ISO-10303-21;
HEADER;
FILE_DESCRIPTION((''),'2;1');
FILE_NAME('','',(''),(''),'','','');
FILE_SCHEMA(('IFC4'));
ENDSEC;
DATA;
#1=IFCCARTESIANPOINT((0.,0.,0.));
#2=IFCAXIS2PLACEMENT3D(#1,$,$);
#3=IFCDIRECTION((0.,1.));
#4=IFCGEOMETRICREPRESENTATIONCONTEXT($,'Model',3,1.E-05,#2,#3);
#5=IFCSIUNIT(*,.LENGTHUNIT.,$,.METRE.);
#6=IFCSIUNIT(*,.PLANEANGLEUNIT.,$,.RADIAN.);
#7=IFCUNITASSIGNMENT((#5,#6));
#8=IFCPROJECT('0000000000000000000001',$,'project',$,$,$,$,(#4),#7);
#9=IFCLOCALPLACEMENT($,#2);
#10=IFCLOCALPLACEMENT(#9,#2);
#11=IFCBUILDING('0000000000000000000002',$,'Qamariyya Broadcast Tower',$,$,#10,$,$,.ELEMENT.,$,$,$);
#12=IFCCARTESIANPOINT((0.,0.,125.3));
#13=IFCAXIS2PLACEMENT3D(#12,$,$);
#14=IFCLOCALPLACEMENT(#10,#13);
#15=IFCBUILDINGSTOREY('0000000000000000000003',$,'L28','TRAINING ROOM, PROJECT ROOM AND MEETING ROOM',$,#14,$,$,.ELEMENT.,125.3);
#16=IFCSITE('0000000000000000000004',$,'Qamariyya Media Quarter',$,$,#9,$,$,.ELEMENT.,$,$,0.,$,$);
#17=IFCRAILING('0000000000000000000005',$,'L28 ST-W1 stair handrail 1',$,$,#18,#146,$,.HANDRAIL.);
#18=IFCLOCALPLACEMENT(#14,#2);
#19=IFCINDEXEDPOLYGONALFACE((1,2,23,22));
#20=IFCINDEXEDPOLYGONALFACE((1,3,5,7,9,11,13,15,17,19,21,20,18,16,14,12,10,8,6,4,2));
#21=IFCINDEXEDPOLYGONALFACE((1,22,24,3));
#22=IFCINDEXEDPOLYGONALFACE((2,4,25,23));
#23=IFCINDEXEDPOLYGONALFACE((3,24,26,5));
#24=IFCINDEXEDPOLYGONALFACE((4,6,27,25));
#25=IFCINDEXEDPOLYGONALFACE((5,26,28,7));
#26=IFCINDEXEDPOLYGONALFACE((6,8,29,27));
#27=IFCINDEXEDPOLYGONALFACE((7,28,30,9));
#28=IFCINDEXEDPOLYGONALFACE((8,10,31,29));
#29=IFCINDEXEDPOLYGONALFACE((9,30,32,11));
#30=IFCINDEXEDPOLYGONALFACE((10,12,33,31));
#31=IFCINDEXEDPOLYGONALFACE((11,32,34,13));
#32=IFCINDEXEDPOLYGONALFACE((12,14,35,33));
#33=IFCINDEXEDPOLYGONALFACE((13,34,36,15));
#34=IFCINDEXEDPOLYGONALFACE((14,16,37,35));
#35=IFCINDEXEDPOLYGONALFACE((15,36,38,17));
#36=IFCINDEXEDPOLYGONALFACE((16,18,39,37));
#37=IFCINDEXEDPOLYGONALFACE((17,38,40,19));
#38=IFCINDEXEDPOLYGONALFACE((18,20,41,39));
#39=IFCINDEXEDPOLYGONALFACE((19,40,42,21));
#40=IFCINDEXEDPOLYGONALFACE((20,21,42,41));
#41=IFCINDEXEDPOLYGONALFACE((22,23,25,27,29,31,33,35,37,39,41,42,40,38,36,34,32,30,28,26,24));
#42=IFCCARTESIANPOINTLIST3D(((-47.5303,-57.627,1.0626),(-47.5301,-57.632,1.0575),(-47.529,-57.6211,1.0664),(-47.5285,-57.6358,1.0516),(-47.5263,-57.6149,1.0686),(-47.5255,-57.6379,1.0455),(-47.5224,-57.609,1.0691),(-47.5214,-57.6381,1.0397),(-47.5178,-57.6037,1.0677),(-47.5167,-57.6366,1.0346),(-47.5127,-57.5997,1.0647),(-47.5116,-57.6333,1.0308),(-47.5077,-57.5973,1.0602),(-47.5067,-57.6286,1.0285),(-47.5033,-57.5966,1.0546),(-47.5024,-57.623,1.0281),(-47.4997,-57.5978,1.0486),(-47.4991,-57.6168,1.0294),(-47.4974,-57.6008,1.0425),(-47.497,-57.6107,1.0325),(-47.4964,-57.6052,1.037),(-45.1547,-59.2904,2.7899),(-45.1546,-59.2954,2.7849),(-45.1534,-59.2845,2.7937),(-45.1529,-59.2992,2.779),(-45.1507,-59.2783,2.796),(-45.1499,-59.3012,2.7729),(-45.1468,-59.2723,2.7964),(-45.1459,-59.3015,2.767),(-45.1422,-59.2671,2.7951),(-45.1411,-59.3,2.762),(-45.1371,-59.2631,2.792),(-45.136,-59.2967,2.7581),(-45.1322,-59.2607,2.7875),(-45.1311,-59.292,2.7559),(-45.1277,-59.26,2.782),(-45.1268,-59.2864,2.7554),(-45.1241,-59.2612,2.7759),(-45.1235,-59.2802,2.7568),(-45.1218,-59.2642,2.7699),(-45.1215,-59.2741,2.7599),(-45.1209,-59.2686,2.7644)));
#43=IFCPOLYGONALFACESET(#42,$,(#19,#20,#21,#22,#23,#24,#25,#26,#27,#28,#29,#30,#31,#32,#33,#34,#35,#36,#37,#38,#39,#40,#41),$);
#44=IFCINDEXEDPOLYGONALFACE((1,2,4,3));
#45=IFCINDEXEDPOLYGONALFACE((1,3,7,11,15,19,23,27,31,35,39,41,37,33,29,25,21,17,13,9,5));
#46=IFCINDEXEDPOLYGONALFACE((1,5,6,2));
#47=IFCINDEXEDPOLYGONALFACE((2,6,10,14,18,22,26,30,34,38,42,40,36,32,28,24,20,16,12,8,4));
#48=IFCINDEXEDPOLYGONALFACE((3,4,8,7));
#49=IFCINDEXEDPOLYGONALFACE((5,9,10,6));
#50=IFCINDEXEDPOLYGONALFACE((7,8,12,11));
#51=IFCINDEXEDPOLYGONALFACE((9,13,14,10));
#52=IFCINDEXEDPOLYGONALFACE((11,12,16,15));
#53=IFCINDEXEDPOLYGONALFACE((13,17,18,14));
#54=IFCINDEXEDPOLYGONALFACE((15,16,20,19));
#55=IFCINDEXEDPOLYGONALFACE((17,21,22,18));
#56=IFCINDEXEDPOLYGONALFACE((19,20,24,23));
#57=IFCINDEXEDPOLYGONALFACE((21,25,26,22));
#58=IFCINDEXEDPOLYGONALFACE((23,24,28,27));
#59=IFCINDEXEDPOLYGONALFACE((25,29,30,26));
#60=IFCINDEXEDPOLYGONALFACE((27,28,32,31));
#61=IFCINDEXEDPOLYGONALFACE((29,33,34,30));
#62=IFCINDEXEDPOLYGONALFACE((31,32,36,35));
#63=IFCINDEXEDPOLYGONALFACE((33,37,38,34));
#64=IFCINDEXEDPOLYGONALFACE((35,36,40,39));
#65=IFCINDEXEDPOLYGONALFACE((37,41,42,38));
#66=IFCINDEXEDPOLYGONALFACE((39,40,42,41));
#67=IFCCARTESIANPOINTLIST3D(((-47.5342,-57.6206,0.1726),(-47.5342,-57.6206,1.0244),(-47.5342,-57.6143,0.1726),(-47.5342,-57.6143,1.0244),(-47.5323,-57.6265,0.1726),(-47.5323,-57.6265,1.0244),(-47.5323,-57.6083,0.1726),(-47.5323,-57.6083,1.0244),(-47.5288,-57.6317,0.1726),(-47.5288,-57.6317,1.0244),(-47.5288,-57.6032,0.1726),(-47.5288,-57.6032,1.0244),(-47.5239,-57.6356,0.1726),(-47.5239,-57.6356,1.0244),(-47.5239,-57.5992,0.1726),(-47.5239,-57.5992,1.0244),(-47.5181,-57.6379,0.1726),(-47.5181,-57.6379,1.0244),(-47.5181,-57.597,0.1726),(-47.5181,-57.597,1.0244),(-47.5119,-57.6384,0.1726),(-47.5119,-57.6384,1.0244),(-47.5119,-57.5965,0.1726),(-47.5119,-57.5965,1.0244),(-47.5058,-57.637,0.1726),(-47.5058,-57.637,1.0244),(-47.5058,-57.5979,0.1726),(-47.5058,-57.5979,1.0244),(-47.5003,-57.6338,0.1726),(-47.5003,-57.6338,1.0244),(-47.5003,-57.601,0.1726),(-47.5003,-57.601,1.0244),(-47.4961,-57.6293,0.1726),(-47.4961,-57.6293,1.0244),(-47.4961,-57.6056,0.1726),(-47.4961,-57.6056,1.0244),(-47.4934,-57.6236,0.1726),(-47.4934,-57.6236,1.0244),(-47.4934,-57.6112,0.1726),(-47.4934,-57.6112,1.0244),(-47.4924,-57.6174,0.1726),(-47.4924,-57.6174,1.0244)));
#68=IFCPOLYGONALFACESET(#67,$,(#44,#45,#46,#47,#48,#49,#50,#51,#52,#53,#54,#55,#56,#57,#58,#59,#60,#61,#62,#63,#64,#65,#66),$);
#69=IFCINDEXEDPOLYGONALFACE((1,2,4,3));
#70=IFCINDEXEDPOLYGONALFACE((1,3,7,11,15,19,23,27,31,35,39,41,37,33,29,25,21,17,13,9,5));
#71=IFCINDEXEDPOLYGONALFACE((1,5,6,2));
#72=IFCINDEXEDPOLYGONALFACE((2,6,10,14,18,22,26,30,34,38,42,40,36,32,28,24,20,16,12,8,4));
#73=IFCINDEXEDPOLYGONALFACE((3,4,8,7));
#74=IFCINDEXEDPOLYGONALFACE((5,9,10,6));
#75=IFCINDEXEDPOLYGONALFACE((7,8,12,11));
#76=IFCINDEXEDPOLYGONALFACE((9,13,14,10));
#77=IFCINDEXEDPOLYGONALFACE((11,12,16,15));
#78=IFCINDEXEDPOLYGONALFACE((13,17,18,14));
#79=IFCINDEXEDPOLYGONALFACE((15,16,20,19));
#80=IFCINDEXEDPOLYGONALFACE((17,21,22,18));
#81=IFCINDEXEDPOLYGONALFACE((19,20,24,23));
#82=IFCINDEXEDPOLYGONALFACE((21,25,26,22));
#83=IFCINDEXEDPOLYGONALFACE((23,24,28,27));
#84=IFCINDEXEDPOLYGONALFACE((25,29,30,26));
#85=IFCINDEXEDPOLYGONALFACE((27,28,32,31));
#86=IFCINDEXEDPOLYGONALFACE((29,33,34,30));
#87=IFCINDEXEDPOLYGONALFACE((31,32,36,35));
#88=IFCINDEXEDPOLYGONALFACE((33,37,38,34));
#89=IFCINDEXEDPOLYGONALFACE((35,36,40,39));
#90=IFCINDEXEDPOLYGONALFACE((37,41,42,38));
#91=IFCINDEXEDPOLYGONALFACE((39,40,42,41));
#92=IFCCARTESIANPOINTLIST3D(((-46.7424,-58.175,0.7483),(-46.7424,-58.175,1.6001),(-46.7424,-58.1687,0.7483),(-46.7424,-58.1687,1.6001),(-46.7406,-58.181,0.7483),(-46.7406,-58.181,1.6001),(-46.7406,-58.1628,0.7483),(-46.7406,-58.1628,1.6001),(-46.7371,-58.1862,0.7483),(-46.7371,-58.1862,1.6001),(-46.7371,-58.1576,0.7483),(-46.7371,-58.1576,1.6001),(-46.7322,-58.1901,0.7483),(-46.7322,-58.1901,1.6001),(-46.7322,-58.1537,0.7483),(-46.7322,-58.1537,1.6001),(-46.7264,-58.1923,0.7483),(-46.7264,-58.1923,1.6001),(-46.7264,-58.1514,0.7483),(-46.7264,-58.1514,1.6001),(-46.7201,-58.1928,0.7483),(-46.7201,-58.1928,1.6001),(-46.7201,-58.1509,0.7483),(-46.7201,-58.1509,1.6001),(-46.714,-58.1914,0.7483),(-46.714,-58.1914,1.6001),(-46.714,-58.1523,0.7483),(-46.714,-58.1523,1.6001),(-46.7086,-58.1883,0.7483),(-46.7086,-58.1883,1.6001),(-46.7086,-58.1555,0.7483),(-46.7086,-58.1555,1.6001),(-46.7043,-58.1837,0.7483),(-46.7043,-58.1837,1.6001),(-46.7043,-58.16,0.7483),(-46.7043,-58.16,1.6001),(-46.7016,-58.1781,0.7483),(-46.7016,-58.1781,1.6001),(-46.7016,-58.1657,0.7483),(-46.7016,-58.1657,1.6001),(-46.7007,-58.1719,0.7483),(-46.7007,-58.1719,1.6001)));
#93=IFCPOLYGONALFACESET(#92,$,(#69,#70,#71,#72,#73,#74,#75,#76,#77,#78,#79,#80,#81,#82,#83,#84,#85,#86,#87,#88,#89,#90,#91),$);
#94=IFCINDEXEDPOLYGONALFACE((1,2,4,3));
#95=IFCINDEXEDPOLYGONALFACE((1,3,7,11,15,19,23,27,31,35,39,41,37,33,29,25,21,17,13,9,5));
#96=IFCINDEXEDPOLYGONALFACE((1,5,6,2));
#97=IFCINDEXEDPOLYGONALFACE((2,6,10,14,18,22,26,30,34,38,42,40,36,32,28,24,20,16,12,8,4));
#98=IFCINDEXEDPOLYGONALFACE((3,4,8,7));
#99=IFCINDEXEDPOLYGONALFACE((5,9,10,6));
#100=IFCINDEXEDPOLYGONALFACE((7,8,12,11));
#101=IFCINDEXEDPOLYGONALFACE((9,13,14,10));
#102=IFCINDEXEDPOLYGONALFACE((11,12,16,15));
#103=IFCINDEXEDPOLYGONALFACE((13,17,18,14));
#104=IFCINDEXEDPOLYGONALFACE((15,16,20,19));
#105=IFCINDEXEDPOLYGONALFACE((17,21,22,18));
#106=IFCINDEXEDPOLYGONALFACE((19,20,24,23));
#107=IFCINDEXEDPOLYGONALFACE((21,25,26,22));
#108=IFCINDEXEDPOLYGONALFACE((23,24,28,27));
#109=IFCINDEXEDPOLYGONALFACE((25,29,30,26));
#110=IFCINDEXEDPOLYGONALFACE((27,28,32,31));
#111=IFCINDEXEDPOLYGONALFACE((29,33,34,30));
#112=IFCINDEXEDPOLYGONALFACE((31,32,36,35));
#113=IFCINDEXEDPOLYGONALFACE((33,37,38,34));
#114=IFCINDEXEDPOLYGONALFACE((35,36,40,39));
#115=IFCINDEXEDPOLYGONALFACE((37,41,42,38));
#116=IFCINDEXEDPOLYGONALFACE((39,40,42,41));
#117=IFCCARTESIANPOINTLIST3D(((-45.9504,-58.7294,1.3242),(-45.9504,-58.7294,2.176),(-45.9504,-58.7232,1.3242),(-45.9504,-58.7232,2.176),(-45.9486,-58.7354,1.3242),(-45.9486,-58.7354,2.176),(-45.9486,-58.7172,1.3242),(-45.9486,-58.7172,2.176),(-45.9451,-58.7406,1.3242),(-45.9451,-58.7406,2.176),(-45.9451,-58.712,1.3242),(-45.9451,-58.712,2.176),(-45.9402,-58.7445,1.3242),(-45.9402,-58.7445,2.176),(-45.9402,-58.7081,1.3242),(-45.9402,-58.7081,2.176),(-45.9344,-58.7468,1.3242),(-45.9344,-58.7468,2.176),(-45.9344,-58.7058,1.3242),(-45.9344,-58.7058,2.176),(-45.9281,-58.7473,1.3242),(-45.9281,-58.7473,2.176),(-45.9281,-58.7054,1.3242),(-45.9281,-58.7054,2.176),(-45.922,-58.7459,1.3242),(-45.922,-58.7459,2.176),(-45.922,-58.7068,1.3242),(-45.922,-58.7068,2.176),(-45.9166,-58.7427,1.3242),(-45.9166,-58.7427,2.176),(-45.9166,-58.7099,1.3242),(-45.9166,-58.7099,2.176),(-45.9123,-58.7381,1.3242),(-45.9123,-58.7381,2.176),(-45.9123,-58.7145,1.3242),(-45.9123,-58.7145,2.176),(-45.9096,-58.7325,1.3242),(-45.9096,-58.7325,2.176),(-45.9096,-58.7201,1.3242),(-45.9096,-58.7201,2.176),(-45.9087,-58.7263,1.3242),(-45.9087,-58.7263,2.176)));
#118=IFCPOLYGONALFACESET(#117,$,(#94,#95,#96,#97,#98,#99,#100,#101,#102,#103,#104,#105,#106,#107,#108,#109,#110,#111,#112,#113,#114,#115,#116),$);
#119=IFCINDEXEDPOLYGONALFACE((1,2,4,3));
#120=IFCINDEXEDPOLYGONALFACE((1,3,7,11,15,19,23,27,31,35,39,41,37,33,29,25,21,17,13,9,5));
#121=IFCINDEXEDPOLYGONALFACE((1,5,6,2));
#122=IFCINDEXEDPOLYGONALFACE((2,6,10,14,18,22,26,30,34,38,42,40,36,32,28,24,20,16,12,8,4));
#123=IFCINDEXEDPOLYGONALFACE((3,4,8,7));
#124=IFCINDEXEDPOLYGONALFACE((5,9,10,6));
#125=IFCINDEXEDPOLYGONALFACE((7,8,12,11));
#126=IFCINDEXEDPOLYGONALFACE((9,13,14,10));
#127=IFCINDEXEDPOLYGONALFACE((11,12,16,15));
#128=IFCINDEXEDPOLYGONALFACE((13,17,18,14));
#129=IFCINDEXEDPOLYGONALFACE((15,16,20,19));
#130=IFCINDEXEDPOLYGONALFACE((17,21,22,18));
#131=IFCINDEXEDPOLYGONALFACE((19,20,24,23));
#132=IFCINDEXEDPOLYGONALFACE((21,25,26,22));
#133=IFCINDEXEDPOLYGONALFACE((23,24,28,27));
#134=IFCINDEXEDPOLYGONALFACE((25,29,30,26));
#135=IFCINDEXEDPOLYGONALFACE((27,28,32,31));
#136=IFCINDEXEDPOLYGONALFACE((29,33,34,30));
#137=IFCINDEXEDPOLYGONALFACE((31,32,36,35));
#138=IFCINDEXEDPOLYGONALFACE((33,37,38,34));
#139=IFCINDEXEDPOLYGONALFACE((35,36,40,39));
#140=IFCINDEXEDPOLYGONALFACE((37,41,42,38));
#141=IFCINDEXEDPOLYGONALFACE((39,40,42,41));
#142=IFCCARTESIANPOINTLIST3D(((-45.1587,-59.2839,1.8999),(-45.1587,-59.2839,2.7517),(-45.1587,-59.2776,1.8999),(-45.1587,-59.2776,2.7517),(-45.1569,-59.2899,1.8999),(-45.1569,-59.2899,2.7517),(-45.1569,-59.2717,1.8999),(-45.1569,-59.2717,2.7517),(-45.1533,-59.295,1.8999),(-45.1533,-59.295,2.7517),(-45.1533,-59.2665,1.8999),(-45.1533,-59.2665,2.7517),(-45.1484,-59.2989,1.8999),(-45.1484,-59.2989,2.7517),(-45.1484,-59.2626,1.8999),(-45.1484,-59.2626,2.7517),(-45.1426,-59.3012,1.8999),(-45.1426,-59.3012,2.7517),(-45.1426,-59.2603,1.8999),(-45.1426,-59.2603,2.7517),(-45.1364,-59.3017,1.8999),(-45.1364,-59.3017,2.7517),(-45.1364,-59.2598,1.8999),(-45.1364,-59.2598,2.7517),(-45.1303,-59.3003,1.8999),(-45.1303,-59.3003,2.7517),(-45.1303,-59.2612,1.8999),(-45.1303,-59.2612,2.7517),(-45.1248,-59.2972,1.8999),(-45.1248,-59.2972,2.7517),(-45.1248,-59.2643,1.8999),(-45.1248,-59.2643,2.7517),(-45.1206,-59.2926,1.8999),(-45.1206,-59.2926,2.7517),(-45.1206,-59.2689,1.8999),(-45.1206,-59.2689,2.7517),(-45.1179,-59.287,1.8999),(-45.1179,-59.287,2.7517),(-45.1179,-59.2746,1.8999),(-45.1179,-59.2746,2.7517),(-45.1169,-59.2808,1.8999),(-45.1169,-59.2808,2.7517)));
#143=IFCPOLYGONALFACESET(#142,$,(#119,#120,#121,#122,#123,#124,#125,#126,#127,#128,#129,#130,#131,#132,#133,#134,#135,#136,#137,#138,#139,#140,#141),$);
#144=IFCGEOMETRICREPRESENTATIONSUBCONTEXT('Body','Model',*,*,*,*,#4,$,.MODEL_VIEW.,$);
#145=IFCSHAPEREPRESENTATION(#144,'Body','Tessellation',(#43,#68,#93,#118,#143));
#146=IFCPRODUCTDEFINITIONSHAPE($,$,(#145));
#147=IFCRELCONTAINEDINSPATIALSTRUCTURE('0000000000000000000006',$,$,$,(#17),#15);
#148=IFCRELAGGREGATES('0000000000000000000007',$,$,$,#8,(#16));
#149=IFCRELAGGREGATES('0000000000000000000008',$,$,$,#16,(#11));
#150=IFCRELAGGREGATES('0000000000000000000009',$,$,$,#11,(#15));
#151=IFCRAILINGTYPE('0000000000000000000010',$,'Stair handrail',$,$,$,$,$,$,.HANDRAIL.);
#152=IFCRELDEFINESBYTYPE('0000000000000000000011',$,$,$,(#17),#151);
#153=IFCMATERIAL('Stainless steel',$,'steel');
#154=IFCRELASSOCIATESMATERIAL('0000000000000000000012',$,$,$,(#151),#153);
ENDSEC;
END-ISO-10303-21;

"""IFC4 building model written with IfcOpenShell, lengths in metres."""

from ifc_helpers import new_model, si_unit, direction, frame, origin, origin_2d, place, context, subcontext, project, spatial, circle, extrude, material, type_object, element, save


model = new_model("IFC4")

# Units and contexts
model_context = context("Model", 3, precision=1e-05, world=origin(), true_north=direction((0.0, 1.0)))
body_context = subcontext(model_context, "Body", "Model", "MODEL_VIEW")
ifc_project = project(units=[si_unit("LENGTHUNIT", "METRE"), si_unit("PLANEANGLEUNIT", "RADIAN")], contexts=[model_context])

# Site, building, storey
site_placement = place(None, origin())
site = spatial("IfcSite", under=ifc_project, at=site_placement, Name="Qamariyya Media Quarter", CompositionType="ELEMENT", RefElevation=0.0)
building_placement = place(site_placement, origin())
building = spatial("IfcBuilding", under=site, at=building_placement, Name="Qamariyya Broadcast Tower", CompositionType="ELEMENT")
storey_placement = place(building_placement, frame((0.0, 0.0, 125.3)))
storey = spatial("IfcBuildingStorey", under=building, at=storey_placement, Name="L28", Description="TRAINING ROOM, PROJECT ROOM AND MEETING ROOM", CompositionType="ELEMENT", Elevation=125.3)

# Railing
ifc_material_1 = material(Name="Stainless steel", Category="steel")
railing_type_1 = type_object("IfcRailingType", Name="Stair handrail", PredefinedType="HANDRAIL", material=ifc_material_1)
railing_1_placement = place(storey_placement, frame((-47.5134, -57.6174, 0.1726)))
element("IfcRailing", 1, at=railing_1_placement, inside=storey, type_object=railing_type_1, Name="L28 ST-W1 stair handrail 1", PredefinedType="HANDRAIL", context=body_context, shape_type="SweptSolid", body=[
    extrude(circle(Radius=0.0239, at=origin_2d()), frame((0.0, 0.0, 0.876), z_axis=(0.70377, -0.492784, 0.511734), x_axis=(0.573575, 0.819153, 0.0)), (0.0, 0.0, 1.0), 3.3755),
    extrude(circle(Radius=0.021, at=origin_2d()), origin(), (0.0, 0.0, 1.0), 0.8518),
    extrude(circle(Radius=0.021, at=origin_2d()), frame((0.7917, -0.5544, 0.5757)), (0.0, 0.0, 1.0), 0.8518),
    extrude(circle(Radius=0.021, at=origin_2d()), frame((1.5837, -1.1089, 1.1516)), (0.0, 0.0, 1.0), 0.8518),
    extrude(circle(Radius=0.021, at=origin_2d()), frame((2.3755, -1.6633, 1.7273)), (0.0, 0.0, 1.0), 0.8518),
])

save(model, "model.ifc")
